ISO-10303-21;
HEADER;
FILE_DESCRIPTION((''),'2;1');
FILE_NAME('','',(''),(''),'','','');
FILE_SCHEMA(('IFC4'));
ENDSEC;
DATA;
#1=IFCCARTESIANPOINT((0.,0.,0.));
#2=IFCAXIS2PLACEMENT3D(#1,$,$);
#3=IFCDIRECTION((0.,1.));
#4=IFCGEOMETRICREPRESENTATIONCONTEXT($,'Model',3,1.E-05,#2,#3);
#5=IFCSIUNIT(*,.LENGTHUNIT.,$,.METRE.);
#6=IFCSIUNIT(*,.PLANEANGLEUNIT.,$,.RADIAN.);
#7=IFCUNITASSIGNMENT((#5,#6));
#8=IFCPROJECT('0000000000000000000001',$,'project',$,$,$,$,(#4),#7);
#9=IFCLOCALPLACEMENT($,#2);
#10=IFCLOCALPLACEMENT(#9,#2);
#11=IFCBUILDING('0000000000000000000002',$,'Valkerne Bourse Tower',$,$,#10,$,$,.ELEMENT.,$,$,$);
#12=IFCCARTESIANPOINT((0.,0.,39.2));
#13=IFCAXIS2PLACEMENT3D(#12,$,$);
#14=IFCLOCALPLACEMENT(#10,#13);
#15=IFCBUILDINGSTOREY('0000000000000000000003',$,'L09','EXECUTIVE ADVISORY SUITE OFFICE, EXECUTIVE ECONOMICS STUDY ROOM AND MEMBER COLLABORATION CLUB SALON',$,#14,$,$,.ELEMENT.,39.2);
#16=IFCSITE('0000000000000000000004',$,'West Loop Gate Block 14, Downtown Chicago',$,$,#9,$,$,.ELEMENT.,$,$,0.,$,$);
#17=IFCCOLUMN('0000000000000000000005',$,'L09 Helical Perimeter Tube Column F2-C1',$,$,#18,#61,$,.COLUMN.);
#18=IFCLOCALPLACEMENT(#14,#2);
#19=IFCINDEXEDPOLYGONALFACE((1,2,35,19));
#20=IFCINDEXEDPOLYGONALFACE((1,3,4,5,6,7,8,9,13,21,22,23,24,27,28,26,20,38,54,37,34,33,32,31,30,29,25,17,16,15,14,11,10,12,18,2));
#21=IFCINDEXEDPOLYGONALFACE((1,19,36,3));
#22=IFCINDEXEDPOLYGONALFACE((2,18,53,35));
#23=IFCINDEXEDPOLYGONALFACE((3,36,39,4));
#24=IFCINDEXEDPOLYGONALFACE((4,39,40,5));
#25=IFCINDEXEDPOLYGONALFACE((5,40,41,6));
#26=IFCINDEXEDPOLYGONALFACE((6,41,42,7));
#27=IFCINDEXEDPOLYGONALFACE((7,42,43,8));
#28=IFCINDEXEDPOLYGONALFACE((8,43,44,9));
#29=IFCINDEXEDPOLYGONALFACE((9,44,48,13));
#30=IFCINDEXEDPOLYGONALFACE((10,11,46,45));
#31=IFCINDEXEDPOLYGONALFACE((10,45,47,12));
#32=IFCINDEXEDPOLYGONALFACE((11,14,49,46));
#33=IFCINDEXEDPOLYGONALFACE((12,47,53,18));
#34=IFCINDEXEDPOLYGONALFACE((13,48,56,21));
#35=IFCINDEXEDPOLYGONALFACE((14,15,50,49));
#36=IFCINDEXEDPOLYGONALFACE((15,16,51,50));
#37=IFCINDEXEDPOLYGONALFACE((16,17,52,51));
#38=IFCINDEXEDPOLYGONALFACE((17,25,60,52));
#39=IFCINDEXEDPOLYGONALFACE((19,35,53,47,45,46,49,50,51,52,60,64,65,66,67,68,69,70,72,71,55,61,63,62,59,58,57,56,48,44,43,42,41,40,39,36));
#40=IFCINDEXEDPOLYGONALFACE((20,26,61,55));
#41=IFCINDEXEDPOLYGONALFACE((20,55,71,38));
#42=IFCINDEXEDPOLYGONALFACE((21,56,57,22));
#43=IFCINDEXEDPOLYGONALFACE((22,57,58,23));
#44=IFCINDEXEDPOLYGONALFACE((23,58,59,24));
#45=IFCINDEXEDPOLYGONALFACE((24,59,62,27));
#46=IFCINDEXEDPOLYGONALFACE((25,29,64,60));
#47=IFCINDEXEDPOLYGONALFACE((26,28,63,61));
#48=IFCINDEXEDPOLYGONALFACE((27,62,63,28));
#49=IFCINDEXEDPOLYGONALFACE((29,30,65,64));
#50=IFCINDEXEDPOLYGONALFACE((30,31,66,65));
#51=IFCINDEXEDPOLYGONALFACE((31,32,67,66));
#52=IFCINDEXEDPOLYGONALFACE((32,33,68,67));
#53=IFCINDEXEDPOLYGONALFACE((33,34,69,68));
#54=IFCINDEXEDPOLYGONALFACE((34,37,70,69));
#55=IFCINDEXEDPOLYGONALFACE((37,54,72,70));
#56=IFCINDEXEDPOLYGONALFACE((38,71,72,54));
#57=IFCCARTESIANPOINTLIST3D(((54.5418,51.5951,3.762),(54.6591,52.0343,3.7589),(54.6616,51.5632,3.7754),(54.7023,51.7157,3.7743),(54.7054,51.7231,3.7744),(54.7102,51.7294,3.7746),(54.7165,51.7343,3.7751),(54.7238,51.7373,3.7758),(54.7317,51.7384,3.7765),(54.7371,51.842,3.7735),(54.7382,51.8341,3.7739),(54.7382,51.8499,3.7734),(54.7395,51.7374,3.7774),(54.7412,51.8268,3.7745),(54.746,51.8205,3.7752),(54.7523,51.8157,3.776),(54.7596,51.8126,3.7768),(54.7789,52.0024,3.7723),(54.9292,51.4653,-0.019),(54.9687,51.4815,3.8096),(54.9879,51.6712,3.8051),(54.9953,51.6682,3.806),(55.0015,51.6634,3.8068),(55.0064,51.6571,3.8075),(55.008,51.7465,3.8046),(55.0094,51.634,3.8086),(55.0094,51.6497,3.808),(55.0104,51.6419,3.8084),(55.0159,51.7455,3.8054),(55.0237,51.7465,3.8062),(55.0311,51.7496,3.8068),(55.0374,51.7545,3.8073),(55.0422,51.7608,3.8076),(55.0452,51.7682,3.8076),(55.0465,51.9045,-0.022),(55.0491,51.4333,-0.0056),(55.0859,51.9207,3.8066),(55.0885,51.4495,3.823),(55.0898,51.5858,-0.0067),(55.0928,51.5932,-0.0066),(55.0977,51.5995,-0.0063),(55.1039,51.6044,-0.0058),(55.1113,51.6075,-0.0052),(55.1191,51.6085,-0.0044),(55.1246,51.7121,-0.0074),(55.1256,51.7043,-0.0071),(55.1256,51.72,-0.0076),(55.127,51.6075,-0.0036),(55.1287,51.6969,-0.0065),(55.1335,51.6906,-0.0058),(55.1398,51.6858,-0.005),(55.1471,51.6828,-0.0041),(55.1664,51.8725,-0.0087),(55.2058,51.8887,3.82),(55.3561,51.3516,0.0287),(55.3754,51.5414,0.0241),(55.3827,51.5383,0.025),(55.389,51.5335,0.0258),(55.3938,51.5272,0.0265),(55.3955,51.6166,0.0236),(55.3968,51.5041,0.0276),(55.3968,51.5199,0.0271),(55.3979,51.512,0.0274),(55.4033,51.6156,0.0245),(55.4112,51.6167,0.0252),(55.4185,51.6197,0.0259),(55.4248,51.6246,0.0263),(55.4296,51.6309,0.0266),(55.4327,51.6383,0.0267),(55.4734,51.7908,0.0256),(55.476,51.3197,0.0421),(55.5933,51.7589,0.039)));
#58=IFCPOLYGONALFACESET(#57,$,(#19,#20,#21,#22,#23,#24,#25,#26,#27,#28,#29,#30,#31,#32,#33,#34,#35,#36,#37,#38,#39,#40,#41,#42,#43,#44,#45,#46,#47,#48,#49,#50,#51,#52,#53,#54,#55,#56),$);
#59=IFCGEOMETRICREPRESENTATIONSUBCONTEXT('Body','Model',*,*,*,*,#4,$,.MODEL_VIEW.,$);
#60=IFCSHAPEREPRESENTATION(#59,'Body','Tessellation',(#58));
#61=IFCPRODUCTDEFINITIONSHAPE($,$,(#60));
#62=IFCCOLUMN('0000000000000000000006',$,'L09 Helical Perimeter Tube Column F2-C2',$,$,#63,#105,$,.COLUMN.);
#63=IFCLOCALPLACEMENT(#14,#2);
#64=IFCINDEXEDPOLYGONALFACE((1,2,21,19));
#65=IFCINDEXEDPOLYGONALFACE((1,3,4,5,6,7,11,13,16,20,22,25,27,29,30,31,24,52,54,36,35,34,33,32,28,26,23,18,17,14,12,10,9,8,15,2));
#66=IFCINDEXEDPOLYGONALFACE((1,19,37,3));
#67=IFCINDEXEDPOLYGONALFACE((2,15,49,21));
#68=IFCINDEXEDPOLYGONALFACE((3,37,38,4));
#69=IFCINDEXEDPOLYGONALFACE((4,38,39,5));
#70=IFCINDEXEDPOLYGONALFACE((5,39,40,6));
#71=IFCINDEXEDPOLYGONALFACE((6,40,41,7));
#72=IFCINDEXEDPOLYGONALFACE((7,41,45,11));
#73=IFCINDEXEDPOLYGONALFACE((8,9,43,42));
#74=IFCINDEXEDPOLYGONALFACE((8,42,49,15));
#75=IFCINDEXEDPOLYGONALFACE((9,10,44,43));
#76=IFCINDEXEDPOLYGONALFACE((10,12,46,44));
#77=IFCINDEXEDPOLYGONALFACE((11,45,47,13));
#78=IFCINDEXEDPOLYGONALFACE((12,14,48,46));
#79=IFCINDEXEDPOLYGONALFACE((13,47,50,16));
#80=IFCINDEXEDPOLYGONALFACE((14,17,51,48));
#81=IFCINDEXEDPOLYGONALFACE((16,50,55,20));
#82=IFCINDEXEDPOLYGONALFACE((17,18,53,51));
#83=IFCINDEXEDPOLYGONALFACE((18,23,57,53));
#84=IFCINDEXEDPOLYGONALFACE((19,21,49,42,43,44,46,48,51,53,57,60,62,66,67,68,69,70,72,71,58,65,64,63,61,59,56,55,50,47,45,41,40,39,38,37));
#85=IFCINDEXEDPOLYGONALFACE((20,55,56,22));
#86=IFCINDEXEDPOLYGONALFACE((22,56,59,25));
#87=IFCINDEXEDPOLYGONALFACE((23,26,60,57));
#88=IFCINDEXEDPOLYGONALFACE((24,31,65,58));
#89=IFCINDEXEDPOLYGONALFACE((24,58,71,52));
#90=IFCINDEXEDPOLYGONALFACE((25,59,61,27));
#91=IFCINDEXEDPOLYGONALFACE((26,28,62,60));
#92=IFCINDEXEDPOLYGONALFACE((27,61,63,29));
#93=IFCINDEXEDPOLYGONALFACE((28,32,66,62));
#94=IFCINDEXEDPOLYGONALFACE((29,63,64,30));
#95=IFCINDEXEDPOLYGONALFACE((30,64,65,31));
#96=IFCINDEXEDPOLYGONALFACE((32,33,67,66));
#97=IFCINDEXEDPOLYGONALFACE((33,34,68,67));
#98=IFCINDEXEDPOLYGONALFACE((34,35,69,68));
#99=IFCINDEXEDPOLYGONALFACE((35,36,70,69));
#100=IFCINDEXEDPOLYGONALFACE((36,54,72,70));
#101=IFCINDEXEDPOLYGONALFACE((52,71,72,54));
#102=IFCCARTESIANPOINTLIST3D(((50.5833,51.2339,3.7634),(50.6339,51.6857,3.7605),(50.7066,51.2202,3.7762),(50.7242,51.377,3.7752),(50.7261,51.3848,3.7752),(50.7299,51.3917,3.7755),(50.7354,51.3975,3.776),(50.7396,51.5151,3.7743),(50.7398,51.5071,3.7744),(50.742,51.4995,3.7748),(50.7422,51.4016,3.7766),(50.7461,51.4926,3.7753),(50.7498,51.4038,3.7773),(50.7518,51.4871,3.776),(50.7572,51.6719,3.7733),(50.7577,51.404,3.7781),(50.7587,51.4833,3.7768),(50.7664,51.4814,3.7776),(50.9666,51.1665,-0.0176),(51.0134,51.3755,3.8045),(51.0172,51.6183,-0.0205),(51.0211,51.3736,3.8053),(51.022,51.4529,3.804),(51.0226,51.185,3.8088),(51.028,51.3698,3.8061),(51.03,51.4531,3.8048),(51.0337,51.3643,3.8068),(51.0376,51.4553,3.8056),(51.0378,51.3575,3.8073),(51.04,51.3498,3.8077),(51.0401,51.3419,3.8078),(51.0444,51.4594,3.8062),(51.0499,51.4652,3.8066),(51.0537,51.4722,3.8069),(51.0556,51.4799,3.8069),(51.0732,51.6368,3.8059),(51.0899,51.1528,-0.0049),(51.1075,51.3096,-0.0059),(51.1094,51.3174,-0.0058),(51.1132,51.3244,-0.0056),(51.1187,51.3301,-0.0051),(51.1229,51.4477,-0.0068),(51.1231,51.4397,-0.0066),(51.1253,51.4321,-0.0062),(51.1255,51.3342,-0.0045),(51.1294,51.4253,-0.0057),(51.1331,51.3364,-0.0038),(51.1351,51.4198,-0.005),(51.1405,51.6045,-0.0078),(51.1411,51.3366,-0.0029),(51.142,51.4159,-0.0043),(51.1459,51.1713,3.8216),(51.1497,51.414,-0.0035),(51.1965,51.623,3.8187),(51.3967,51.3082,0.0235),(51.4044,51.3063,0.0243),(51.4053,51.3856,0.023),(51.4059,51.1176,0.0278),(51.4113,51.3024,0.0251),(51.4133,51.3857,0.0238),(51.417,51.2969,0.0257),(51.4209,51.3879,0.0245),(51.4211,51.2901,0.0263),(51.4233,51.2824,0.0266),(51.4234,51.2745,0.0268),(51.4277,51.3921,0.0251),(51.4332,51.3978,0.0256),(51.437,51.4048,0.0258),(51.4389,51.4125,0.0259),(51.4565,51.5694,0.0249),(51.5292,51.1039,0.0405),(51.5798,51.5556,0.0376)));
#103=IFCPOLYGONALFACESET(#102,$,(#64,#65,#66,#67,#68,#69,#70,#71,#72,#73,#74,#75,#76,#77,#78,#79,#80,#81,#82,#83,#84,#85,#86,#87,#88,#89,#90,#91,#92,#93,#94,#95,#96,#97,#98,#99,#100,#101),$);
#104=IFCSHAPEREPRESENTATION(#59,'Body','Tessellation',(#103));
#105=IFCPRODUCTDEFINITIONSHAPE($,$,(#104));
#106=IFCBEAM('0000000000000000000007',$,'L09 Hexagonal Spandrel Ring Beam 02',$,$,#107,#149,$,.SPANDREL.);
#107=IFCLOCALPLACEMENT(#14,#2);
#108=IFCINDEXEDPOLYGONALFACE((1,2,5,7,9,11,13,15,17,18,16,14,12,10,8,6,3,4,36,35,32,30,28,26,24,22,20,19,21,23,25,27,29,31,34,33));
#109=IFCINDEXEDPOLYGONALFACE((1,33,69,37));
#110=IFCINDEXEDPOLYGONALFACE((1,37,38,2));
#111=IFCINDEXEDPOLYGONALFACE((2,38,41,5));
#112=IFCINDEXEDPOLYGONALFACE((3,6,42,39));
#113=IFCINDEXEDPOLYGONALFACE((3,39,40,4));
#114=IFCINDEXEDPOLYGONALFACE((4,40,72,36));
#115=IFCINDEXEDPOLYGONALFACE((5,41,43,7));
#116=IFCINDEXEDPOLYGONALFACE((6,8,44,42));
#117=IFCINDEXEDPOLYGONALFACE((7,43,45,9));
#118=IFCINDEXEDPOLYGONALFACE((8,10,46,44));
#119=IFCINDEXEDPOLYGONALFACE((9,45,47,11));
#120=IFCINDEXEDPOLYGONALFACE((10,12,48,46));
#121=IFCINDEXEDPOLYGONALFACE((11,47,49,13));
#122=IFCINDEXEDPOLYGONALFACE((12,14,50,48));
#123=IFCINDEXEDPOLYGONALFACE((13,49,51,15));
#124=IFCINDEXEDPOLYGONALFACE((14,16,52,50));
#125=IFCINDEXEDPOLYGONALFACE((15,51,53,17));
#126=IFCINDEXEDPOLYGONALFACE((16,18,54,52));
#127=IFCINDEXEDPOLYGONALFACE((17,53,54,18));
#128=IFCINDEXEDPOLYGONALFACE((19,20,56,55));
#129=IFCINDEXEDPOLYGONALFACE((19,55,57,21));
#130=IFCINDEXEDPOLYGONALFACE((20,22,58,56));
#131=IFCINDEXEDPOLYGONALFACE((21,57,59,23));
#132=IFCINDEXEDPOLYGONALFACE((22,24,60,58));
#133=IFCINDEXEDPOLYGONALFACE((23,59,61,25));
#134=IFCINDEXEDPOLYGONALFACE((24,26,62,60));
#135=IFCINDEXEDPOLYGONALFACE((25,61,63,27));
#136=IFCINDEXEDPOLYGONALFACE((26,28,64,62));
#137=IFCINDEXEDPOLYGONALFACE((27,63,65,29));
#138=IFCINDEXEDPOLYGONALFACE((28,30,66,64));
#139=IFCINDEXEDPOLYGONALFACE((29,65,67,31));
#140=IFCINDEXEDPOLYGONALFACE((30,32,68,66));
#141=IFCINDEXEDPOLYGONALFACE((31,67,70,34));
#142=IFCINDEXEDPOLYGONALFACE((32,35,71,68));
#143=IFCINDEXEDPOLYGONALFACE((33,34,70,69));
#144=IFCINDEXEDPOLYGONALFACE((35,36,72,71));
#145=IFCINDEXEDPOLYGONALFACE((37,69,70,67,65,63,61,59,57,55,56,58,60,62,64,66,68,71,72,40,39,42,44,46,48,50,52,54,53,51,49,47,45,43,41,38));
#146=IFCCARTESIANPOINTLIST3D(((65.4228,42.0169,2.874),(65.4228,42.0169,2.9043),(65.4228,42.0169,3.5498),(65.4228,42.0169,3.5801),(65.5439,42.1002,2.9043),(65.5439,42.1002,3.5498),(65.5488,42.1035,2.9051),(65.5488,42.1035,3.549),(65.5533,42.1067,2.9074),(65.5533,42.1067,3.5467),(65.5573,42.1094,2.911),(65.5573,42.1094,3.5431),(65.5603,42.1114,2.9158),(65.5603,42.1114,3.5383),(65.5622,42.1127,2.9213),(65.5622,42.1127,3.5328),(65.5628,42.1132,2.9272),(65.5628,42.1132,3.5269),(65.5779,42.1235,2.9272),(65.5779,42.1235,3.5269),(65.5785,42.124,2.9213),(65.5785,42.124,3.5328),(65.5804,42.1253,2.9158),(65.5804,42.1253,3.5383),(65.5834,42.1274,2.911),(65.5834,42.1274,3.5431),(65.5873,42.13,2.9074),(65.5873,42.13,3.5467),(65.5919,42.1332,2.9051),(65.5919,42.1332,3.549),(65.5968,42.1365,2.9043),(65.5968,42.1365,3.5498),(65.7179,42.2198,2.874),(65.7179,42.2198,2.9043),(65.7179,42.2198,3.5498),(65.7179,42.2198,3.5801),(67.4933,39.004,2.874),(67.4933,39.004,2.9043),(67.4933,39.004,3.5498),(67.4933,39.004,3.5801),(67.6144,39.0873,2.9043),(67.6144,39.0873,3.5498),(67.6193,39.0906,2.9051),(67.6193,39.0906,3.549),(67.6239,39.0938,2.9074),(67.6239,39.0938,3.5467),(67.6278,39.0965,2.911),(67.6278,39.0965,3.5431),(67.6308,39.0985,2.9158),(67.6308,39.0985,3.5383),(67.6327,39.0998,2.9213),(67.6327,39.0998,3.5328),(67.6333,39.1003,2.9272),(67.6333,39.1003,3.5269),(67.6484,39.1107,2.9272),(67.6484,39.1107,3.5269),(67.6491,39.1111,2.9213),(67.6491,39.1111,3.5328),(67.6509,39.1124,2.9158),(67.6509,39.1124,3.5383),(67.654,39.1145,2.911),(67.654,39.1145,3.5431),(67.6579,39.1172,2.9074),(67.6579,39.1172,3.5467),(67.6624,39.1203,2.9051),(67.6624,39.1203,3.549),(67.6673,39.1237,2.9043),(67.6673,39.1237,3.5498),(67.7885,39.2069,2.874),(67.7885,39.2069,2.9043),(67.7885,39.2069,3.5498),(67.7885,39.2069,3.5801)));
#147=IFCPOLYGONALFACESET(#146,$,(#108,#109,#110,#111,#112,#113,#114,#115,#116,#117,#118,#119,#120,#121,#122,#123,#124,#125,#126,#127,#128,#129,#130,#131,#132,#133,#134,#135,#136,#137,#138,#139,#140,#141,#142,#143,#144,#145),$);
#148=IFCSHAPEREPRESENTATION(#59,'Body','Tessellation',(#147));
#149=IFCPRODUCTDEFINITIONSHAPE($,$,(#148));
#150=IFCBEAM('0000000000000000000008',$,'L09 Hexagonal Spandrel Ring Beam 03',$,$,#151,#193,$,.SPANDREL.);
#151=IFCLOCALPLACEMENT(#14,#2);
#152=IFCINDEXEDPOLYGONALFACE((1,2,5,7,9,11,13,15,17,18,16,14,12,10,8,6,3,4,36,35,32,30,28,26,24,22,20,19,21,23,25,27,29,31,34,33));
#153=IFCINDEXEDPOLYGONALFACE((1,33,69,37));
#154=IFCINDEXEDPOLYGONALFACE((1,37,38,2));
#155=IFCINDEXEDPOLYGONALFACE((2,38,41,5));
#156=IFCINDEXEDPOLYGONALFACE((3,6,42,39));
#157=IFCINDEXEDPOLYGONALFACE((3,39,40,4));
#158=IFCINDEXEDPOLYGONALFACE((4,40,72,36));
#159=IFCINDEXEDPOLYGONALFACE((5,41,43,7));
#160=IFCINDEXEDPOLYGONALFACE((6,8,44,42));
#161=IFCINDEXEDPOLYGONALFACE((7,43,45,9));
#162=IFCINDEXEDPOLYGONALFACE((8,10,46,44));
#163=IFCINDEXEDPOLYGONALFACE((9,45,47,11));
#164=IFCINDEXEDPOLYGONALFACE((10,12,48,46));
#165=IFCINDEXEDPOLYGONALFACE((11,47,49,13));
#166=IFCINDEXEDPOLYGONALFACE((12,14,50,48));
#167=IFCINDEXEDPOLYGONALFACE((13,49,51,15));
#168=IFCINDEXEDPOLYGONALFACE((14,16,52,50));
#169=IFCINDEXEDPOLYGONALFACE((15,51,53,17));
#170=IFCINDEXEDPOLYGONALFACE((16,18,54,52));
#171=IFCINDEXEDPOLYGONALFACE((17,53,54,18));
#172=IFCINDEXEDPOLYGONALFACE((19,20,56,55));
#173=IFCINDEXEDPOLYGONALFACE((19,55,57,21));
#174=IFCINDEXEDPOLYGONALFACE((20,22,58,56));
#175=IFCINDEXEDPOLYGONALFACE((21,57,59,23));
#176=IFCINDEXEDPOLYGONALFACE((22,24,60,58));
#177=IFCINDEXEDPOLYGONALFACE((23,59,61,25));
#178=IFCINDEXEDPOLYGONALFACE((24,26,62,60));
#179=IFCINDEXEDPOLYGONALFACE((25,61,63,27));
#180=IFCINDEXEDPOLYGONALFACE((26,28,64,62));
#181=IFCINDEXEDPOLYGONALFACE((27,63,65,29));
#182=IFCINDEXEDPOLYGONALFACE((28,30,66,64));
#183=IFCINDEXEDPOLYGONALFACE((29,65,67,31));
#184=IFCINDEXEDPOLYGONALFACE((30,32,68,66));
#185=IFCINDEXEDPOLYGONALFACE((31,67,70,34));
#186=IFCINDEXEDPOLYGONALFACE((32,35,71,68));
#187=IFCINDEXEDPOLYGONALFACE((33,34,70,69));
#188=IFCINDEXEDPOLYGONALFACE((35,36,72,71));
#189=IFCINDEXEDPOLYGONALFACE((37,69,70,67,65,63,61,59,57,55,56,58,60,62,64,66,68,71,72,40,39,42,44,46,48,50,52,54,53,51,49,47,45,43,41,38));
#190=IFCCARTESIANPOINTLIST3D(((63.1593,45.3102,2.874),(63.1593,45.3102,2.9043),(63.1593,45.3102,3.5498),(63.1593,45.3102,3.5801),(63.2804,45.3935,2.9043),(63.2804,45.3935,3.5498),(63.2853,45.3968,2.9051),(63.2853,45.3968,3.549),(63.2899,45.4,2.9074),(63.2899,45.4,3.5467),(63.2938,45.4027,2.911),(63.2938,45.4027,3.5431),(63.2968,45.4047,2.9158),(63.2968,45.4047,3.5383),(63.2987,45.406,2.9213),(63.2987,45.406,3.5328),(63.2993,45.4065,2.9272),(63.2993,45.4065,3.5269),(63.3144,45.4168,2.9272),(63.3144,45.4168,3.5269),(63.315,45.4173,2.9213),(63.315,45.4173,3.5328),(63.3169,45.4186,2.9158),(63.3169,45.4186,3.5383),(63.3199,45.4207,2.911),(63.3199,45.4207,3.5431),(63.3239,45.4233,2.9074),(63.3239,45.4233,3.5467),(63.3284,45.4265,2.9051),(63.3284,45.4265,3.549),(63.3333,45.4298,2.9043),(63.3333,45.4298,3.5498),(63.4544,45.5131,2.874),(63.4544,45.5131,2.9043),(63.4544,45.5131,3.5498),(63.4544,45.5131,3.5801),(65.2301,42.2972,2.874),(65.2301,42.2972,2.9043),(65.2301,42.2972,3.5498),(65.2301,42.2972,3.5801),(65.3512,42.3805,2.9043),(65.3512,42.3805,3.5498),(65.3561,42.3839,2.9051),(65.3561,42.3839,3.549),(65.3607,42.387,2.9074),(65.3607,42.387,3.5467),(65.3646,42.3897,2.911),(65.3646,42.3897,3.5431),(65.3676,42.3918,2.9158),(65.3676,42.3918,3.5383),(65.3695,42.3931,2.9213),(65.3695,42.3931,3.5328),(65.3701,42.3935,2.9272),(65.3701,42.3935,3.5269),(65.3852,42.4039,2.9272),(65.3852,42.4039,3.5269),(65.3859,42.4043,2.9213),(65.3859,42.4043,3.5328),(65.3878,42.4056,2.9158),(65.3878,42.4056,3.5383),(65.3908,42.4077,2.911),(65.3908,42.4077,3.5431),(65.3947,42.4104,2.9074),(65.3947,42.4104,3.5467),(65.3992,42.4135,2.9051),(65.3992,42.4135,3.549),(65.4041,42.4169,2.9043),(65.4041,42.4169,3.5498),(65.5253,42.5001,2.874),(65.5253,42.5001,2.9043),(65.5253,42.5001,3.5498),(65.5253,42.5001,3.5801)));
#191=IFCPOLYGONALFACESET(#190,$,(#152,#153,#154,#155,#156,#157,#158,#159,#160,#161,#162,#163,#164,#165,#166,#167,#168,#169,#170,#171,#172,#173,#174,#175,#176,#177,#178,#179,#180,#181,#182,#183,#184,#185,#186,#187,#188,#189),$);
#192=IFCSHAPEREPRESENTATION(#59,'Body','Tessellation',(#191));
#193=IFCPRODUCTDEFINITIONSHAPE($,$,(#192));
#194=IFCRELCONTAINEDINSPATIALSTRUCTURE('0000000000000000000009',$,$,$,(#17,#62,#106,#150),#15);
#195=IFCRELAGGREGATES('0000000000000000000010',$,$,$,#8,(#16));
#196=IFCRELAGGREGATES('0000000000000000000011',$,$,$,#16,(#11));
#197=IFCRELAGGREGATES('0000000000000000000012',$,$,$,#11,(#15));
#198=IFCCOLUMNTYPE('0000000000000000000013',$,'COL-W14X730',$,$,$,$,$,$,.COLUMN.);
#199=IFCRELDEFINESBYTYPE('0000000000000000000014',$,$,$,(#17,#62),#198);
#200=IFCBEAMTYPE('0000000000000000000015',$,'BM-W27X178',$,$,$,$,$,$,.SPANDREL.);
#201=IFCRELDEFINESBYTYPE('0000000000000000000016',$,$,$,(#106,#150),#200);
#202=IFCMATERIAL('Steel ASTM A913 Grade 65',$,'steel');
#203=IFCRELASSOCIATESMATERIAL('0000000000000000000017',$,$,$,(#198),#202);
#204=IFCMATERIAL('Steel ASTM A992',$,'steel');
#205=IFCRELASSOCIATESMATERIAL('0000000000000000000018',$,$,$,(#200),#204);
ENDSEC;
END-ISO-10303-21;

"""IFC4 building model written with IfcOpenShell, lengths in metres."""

from ifc_helpers import new_model, si_unit, direction, frame, origin, origin_2d, place, context, subcontext, project, spatial, i_section, extrude, material, material_profile, profile_set, type_object, element, save


model = new_model("IFC4")

# Units and contexts
model_context = context("Model", 3, precision=1e-05, world=origin(), true_north=direction((0.0, 1.0)))
body_context = subcontext(model_context, "Body", "Model", "MODEL_VIEW")
ifc_project = project(units=[si_unit("LENGTHUNIT", "METRE"), si_unit("PLANEANGLEUNIT", "RADIAN")], contexts=[model_context])

# Site, building, storey
site_placement = place(None, origin())
site = spatial("IfcSite", under=ifc_project, at=site_placement, Name="West Loop Gate Block 14, Downtown Chicago", CompositionType="ELEMENT", RefElevation=0.0)
building_placement = place(site_placement, origin())
building = spatial("IfcBuilding", under=site, at=building_placement, Name="Valkerne Bourse Tower", CompositionType="ELEMENT")
storey_placement = place(building_placement, frame((0.0, 0.0, 39.2)))
storey = spatial("IfcBuildingStorey", under=building, at=storey_placement, Name="L09", Description="EXECUTIVE ADVISORY SUITE OFFICE, EXECUTIVE ECONOMICS STUDY ROOM AND MEMBER COLLABORATION CLUB SALON", CompositionType="ELEMENT", Elevation=39.2)

# Columns
ifc_material_1 = material(Name="Steel ASTM A913 Grade 65", Category="steel")
ifc_material_profile_1 = material_profile(ifc_material_1, i_section(OverallWidth=0.4546, OverallDepth=0.5691, WebThickness=0.0779, FlangeThickness=0.1248, FilletRadius=0.0305, at=origin_2d()), Name="W14X730")
ifc_profile_set_1 = profile_set([ifc_material_profile_1], Name="Steel ASTM A913 Grade 65")
column_type = type_object("IfcColumnType", Name="COL-W14X730", PredefinedType="COLUMN", material=ifc_profile_set_1)
for number, where, z_axis, x_axis, name in (
    (1, (55.2612, 51.6121, 0.01), (-0.10188, 0.034153, 0.99421), (0.258023, 0.966115, -0.006747), "L09 Helical Perimeter Tube Column F2-C1"),
):
    element("IfcColumn", number, at=place(storey_placement, frame(where, z_axis=z_axis, x_axis=x_axis)), inside=storey, type_object=column_type, Name=name, PredefinedType="COLUMN", context=body_context, shape_type="SweptSolid", body=[
        extrude(i_section(OverallWidth=0.4546, OverallDepth=0.5691, WebThickness=0.0779, FlangeThickness=0.1248, FilletRadius=0.0305, at=origin_2d()), origin(), (0.0, 0.0, 1.0), 3.803),
    ])
column_1_placement = place(storey_placement, frame((51.2732, 51.3611, 0.01), z_axis=(-0.100843, 0.017728, 0.994744), x_axis=(0.111282, 0.993768, -0.006429)))
element("IfcColumn", 2, at=column_1_placement, inside=storey, type_object=column_type, Name="L09 Helical Perimeter Tube Column F2-C2", PredefinedType="COLUMN", context=body_context, shape_type="SweptSolid", body=[
    extrude(i_section(OverallWidth=0.4546, OverallDepth=0.5691, WebThickness=0.0779, FlangeThickness=0.1248, FilletRadius=0.0305, at=origin_2d()), origin(), (0.0, 0.0, 1.0), 3.801),
])

# Beams
ifc_material_2 = material(Name="Steel ASTM A992", Category="steel")
ifc_material_profile_2 = material_profile(ifc_material_2, i_section(OverallWidth=0.3582, OverallDepth=0.7061, WebThickness=0.0183, FlangeThickness=0.0303, FilletRadius=0.0229, at=origin_2d()), Name="W27X178")
ifc_profile_set_2 = profile_set([ifc_material_profile_2], Name="Steel ASTM A992")
beam_type = type_object("IfcBeamType", Name="BM-W27X178", PredefinedType="SPANDREL", material=ifc_profile_set_2)
beam_1_placement = place(storey_placement, frame((67.6409, 39.1055, 3.2271), z_axis=(-0.566373, 0.824149, 0.0), x_axis=(-0.824149, -0.566373, 0.0)))
element("IfcBeam", 3, at=beam_1_placement, inside=storey, type_object=beam_type, Name="L09 Hexagonal Spandrel Ring Beam 02", PredefinedType="SPANDREL", context=body_context, shape_type="SweptSolid", body=[
    extrude(i_section(OverallWidth=0.3582, OverallDepth=0.7061, WebThickness=0.0183, FlangeThickness=0.0303, FilletRadius=0.0229, at=origin_2d()), origin(), (0.0, 0.0, 1.0), 3.6558),
])
for number, where, z_axis, x_axis, name in (
    (4, (65.3777, 42.3987, 3.2271), (-0.566418, 0.824118, 0.0), (-0.824118, -0.566418, 0.0), "L09 Hexagonal Spandrel Ring Beam 03"),
):
    element("IfcBeam", number, at=place(storey_placement, frame(where, z_axis=z_axis, x_axis=x_axis)), inside=storey, type_object=beam_type, Name=name, PredefinedType="SPANDREL", context=body_context, shape_type="SweptSolid", body=[
        extrude(i_section(OverallWidth=0.3582, OverallDepth=0.7061, WebThickness=0.0183, FlangeThickness=0.0303, FilletRadius=0.0229, at=origin_2d()), origin(), (0.0, 0.0, 1.0), 3.656),
    ])

save(model, "model.ifc")
